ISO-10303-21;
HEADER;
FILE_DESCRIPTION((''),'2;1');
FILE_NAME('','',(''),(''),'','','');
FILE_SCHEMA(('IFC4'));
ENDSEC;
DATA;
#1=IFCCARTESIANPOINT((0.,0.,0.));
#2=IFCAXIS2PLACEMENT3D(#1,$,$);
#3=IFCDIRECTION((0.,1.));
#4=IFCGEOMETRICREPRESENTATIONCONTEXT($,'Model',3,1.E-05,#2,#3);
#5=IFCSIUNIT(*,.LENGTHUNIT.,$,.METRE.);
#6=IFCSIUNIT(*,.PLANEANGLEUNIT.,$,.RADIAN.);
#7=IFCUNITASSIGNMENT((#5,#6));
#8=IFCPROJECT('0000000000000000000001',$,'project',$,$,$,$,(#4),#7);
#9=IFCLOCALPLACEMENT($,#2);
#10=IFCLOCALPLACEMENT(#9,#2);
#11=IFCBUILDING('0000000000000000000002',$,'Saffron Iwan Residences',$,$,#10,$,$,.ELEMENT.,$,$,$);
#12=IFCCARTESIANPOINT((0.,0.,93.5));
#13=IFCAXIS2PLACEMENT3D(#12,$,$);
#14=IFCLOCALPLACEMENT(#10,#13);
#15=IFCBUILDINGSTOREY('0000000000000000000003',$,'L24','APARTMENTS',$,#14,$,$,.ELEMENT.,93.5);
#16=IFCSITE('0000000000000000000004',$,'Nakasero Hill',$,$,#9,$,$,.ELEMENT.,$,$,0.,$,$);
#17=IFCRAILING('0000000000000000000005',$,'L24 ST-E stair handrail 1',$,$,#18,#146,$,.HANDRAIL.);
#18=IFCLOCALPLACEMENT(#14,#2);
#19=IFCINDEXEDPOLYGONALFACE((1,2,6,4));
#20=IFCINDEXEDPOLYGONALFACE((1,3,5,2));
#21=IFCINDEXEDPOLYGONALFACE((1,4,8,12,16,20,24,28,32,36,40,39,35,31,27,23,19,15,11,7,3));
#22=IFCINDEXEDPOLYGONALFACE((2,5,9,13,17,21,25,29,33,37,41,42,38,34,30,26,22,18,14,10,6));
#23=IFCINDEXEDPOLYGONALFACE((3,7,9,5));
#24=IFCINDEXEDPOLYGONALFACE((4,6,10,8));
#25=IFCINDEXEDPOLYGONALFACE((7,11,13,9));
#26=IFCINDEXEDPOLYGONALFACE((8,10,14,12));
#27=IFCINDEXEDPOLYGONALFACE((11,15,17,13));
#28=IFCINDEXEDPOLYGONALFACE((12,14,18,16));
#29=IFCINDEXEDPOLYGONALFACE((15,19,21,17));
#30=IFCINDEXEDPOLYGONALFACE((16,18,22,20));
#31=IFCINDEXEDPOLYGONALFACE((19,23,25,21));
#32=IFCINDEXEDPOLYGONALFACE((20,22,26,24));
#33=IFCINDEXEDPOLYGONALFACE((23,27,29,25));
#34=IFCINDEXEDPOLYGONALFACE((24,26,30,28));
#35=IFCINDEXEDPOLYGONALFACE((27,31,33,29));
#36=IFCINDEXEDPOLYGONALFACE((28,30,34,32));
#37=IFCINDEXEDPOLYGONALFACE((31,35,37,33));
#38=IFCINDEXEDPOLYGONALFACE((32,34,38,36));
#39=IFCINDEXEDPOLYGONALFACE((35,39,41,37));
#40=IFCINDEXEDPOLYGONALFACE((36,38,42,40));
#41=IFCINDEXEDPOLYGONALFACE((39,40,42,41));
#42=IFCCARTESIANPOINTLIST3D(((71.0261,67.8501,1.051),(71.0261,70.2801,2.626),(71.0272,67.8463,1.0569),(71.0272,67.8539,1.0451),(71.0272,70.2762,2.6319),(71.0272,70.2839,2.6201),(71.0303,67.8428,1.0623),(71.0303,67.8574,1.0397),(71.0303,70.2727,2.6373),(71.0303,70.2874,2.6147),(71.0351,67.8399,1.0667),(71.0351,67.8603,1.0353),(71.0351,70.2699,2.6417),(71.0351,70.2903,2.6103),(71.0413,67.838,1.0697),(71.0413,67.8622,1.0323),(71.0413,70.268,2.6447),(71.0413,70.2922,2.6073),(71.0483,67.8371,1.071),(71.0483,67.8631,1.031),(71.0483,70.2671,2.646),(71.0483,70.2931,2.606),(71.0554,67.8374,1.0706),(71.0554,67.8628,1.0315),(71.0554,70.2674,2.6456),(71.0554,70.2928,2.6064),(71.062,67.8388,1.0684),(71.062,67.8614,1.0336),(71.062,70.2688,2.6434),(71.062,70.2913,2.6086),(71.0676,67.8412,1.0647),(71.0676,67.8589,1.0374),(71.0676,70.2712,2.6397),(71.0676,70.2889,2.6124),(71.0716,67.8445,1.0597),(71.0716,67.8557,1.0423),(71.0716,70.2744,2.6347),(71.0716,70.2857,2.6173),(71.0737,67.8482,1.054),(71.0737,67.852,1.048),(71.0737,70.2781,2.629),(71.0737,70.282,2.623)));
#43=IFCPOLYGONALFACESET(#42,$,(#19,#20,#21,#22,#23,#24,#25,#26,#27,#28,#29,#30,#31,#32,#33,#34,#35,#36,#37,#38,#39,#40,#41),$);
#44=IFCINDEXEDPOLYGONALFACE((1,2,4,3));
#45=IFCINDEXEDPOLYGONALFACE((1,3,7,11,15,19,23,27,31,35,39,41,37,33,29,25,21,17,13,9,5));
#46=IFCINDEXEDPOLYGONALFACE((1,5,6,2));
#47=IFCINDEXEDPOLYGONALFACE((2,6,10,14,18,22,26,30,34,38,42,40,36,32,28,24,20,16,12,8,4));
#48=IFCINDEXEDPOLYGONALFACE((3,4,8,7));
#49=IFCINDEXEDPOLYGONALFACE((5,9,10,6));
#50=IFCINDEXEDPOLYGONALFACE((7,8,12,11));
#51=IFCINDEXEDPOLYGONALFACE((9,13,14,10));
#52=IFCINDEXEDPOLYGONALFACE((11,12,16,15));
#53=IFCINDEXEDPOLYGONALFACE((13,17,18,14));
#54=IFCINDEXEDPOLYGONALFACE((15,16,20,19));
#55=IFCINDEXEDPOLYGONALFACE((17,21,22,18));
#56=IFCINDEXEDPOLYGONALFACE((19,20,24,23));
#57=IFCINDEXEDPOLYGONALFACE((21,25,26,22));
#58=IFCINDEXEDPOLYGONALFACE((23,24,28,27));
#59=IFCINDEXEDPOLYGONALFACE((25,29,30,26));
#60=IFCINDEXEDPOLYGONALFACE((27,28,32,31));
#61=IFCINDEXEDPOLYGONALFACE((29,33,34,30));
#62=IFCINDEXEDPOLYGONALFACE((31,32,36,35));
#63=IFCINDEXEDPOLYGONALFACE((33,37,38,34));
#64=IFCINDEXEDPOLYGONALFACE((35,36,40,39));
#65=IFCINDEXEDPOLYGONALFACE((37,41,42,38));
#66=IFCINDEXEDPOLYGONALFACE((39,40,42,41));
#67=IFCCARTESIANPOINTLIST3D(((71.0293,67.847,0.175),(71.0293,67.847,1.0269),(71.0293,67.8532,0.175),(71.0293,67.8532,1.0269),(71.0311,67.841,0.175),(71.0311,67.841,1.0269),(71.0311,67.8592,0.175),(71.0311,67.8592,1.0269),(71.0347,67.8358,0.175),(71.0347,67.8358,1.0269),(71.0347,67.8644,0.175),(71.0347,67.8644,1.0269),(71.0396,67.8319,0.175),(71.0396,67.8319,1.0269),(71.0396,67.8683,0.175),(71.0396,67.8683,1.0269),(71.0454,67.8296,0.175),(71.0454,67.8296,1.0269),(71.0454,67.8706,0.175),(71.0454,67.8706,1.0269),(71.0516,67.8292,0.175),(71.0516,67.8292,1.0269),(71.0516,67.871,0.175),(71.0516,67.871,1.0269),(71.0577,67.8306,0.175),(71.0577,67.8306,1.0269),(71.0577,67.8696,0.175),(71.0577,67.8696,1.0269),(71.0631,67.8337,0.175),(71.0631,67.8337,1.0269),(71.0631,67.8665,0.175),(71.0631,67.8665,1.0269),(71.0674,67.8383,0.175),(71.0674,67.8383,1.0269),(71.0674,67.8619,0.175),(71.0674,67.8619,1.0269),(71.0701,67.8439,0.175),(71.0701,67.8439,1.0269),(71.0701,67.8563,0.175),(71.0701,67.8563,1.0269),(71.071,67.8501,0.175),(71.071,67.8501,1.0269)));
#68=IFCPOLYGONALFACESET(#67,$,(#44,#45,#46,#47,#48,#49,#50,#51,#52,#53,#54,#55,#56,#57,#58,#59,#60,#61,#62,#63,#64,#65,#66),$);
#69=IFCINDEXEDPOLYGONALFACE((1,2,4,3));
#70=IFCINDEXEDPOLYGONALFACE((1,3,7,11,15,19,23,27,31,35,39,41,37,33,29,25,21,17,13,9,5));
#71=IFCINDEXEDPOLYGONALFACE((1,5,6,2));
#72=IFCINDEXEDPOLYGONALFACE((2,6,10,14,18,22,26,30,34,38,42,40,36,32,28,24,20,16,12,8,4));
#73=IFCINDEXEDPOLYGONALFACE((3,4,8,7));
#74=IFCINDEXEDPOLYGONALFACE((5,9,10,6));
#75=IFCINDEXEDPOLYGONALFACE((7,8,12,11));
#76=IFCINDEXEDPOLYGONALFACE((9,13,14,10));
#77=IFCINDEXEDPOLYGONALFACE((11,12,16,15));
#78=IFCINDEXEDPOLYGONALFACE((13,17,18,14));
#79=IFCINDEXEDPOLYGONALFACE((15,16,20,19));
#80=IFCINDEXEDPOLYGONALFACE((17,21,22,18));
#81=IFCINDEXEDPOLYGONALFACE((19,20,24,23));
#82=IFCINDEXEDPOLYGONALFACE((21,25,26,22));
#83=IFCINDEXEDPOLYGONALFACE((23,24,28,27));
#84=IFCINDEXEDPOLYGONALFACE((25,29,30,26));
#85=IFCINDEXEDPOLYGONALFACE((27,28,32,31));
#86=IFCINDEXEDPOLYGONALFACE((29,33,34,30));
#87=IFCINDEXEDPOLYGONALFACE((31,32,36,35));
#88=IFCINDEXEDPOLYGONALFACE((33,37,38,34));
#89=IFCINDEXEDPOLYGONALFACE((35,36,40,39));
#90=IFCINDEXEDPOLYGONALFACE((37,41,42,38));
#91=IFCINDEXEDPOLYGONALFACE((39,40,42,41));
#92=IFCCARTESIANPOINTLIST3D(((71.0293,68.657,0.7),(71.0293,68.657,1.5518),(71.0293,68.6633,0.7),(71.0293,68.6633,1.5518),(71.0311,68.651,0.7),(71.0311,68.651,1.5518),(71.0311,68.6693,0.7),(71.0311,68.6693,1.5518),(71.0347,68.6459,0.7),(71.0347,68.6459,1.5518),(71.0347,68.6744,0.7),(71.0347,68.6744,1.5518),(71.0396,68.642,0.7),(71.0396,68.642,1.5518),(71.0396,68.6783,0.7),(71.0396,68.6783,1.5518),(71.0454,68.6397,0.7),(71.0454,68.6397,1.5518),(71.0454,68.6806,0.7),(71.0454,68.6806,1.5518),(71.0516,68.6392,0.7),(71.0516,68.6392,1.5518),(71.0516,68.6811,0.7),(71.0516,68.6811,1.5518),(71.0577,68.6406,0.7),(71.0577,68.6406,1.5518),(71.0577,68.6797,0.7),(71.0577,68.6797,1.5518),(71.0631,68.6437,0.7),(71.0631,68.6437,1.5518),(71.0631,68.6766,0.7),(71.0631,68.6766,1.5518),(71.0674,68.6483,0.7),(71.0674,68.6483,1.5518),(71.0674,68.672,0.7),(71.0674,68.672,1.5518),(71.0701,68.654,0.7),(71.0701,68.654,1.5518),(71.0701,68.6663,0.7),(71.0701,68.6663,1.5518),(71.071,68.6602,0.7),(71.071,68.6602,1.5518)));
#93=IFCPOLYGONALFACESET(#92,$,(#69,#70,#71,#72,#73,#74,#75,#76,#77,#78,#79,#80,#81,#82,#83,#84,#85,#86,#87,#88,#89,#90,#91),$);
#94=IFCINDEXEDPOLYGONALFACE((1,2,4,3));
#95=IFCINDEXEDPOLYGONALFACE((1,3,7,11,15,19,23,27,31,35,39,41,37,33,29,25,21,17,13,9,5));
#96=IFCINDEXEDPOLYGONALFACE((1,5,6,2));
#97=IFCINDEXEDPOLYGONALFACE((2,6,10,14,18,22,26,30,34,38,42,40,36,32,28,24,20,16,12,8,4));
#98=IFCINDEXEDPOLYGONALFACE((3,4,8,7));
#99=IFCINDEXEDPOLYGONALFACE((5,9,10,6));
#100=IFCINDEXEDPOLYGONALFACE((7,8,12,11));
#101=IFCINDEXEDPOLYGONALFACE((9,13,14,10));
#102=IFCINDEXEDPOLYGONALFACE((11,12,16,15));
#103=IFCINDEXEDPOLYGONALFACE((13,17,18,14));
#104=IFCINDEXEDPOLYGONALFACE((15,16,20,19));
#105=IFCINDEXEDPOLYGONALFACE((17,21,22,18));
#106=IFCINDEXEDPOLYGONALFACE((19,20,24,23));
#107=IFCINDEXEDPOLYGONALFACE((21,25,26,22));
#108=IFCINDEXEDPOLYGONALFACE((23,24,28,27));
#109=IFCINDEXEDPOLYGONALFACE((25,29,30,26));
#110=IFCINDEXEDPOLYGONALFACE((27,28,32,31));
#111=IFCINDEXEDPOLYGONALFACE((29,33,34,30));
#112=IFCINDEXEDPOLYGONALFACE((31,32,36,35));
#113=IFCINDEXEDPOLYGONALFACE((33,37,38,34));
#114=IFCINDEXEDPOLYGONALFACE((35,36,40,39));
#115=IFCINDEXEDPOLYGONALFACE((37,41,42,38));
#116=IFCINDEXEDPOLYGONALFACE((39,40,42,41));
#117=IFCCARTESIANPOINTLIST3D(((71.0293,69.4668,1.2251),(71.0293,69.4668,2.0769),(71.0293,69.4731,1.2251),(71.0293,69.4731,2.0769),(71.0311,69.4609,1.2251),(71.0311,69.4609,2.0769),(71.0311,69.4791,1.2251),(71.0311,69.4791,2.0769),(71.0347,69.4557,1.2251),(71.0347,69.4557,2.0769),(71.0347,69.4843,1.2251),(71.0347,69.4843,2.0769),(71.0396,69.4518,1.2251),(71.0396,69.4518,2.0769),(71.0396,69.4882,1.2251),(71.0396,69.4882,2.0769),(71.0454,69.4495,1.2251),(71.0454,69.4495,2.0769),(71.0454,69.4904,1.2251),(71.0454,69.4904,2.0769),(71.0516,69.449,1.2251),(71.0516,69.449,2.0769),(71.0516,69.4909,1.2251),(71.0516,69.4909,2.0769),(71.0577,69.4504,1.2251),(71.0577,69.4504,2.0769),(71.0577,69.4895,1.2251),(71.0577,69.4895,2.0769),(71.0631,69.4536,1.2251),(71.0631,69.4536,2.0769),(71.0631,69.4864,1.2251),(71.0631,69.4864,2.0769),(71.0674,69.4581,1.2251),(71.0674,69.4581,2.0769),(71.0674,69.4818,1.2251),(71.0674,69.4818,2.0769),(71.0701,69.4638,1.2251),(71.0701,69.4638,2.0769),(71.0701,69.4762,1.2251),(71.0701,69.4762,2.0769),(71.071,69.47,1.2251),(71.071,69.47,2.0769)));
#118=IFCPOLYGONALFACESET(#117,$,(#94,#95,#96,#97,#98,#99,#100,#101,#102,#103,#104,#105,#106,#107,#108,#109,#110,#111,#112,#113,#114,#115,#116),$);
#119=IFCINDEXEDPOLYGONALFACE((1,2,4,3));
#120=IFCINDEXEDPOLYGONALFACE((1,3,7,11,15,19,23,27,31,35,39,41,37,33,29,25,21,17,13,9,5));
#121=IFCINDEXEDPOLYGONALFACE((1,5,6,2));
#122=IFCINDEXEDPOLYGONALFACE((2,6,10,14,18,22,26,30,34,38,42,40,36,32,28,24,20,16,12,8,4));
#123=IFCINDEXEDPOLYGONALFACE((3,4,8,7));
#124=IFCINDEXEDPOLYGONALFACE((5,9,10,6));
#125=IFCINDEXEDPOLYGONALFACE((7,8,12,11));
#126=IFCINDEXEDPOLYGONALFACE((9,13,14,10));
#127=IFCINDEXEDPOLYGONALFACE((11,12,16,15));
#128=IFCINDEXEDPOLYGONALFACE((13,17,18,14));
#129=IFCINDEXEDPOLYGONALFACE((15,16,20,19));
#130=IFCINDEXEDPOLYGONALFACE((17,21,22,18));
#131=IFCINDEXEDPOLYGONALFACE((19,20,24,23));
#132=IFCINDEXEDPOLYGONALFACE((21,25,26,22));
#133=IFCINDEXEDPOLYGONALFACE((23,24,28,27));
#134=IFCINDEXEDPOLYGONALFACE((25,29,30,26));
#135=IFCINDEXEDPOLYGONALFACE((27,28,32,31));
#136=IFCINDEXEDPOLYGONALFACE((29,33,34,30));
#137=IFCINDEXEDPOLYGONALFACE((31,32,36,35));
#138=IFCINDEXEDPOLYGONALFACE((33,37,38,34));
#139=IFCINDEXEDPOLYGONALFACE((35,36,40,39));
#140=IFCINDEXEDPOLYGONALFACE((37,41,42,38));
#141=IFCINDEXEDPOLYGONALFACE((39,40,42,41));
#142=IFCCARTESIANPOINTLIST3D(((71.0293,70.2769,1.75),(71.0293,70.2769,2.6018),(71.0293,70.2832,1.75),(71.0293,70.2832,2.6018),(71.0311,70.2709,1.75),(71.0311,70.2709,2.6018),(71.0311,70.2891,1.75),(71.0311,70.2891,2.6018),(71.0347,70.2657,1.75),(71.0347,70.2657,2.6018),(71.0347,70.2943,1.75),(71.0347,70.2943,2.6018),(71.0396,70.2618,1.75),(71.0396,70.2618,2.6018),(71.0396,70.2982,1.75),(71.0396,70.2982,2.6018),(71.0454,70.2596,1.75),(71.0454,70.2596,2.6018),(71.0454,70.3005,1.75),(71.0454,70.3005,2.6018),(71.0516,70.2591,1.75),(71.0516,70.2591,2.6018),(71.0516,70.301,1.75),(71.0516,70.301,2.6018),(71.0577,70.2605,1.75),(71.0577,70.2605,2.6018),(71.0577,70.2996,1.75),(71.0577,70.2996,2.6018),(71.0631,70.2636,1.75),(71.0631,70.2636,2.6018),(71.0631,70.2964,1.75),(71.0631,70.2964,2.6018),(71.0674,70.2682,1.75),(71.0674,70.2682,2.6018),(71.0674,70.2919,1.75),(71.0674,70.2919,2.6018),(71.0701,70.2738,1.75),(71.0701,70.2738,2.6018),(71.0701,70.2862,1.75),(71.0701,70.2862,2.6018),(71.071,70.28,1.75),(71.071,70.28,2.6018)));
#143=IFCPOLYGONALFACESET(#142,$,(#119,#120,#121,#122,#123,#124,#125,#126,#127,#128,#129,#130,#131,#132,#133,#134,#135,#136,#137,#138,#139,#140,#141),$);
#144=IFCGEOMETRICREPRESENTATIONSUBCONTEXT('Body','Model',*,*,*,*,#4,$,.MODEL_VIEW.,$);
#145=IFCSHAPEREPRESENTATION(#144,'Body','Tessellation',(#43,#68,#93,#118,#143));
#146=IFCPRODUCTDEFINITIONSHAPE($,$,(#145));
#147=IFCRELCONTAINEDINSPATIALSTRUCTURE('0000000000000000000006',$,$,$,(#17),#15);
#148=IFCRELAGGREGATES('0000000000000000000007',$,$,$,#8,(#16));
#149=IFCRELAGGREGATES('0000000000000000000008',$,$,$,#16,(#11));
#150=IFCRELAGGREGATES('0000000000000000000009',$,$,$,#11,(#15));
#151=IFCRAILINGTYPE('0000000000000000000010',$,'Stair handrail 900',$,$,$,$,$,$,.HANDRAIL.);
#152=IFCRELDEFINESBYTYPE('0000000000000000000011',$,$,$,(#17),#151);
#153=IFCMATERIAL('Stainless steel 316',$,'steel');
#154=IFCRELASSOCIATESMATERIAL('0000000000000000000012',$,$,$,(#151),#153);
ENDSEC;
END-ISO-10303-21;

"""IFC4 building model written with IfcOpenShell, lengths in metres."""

from ifc_helpers import new_model, si_unit, direction, frame, origin, origin_2d, place, context, subcontext, project, spatial, circle, extrude, material, type_object, element, save


model = new_model("IFC4")

# Units and contexts
model_context = context("Model", 3, precision=1e-05, world=origin(), true_north=direction((0.0, 1.0)))
body_context = subcontext(model_context, "Body", "Model", "MODEL_VIEW")
ifc_project = project(units=[si_unit("LENGTHUNIT", "METRE"), si_unit("PLANEANGLEUNIT", "RADIAN")], contexts=[model_context])

# Site, building, storey
site_placement = place(None, origin())
site = spatial("IfcSite", under=ifc_project, at=site_placement, Name="Nakasero Hill", CompositionType="ELEMENT", RefElevation=0.0)
building_placement = place(site_placement, origin())
building = spatial("IfcBuilding", under=site, at=building_placement, Name="Saffron Iwan Residences", CompositionType="ELEMENT")
storey_placement = place(building_placement, frame((0.0, 0.0, 93.5)))
storey = spatial("IfcBuildingStorey", under=building, at=storey_placement, Name="L24", Description="APARTMENTS", CompositionType="ELEMENT", Elevation=93.5)

# Railing
ifc_material_1 = material(Name="Stainless steel 316", Category="steel")
railing_type_1 = type_object("IfcRailingType", Name="Stair handrail 900", PredefinedType="HANDRAIL", material=ifc_material_1)
railing_1_placement = place(storey_placement, frame((71.05, 67.8501, 0.175)))
element("IfcRailing", 1, at=railing_1_placement, inside=storey, type_object=railing_type_1, Name="L24 ST-E stair handrail 1", PredefinedType="HANDRAIL", context=body_context, shape_type="SweptSolid", body=[
    extrude(circle(Radius=0.0239, at=origin_2d()), frame((0.0, 0.0, 0.876), z_axis=(0.0, 0.839154, 0.543894), x_axis=(-1.0, 0.0, 0.0)), (0.0, 0.0, 1.0), 2.8958),
    extrude(circle(Radius=0.021, at=origin_2d()), origin(), (0.0, 0.0, 1.0), 0.8518),
    extrude(circle(Radius=0.021, at=origin_2d()), frame((0.0, 0.8101, 0.5249)), (0.0, 0.0, 1.0), 0.8518),
    extrude(circle(Radius=0.021, at=origin_2d()), frame((0.0, 1.6199, 1.05)), (0.0, 0.0, 1.0), 0.8518),
    extrude(circle(Radius=0.021, at=origin_2d()), frame((0.0, 2.4299, 1.575)), (0.0, 0.0, 1.0), 0.8518),
])

save(model, "model.ifc")
